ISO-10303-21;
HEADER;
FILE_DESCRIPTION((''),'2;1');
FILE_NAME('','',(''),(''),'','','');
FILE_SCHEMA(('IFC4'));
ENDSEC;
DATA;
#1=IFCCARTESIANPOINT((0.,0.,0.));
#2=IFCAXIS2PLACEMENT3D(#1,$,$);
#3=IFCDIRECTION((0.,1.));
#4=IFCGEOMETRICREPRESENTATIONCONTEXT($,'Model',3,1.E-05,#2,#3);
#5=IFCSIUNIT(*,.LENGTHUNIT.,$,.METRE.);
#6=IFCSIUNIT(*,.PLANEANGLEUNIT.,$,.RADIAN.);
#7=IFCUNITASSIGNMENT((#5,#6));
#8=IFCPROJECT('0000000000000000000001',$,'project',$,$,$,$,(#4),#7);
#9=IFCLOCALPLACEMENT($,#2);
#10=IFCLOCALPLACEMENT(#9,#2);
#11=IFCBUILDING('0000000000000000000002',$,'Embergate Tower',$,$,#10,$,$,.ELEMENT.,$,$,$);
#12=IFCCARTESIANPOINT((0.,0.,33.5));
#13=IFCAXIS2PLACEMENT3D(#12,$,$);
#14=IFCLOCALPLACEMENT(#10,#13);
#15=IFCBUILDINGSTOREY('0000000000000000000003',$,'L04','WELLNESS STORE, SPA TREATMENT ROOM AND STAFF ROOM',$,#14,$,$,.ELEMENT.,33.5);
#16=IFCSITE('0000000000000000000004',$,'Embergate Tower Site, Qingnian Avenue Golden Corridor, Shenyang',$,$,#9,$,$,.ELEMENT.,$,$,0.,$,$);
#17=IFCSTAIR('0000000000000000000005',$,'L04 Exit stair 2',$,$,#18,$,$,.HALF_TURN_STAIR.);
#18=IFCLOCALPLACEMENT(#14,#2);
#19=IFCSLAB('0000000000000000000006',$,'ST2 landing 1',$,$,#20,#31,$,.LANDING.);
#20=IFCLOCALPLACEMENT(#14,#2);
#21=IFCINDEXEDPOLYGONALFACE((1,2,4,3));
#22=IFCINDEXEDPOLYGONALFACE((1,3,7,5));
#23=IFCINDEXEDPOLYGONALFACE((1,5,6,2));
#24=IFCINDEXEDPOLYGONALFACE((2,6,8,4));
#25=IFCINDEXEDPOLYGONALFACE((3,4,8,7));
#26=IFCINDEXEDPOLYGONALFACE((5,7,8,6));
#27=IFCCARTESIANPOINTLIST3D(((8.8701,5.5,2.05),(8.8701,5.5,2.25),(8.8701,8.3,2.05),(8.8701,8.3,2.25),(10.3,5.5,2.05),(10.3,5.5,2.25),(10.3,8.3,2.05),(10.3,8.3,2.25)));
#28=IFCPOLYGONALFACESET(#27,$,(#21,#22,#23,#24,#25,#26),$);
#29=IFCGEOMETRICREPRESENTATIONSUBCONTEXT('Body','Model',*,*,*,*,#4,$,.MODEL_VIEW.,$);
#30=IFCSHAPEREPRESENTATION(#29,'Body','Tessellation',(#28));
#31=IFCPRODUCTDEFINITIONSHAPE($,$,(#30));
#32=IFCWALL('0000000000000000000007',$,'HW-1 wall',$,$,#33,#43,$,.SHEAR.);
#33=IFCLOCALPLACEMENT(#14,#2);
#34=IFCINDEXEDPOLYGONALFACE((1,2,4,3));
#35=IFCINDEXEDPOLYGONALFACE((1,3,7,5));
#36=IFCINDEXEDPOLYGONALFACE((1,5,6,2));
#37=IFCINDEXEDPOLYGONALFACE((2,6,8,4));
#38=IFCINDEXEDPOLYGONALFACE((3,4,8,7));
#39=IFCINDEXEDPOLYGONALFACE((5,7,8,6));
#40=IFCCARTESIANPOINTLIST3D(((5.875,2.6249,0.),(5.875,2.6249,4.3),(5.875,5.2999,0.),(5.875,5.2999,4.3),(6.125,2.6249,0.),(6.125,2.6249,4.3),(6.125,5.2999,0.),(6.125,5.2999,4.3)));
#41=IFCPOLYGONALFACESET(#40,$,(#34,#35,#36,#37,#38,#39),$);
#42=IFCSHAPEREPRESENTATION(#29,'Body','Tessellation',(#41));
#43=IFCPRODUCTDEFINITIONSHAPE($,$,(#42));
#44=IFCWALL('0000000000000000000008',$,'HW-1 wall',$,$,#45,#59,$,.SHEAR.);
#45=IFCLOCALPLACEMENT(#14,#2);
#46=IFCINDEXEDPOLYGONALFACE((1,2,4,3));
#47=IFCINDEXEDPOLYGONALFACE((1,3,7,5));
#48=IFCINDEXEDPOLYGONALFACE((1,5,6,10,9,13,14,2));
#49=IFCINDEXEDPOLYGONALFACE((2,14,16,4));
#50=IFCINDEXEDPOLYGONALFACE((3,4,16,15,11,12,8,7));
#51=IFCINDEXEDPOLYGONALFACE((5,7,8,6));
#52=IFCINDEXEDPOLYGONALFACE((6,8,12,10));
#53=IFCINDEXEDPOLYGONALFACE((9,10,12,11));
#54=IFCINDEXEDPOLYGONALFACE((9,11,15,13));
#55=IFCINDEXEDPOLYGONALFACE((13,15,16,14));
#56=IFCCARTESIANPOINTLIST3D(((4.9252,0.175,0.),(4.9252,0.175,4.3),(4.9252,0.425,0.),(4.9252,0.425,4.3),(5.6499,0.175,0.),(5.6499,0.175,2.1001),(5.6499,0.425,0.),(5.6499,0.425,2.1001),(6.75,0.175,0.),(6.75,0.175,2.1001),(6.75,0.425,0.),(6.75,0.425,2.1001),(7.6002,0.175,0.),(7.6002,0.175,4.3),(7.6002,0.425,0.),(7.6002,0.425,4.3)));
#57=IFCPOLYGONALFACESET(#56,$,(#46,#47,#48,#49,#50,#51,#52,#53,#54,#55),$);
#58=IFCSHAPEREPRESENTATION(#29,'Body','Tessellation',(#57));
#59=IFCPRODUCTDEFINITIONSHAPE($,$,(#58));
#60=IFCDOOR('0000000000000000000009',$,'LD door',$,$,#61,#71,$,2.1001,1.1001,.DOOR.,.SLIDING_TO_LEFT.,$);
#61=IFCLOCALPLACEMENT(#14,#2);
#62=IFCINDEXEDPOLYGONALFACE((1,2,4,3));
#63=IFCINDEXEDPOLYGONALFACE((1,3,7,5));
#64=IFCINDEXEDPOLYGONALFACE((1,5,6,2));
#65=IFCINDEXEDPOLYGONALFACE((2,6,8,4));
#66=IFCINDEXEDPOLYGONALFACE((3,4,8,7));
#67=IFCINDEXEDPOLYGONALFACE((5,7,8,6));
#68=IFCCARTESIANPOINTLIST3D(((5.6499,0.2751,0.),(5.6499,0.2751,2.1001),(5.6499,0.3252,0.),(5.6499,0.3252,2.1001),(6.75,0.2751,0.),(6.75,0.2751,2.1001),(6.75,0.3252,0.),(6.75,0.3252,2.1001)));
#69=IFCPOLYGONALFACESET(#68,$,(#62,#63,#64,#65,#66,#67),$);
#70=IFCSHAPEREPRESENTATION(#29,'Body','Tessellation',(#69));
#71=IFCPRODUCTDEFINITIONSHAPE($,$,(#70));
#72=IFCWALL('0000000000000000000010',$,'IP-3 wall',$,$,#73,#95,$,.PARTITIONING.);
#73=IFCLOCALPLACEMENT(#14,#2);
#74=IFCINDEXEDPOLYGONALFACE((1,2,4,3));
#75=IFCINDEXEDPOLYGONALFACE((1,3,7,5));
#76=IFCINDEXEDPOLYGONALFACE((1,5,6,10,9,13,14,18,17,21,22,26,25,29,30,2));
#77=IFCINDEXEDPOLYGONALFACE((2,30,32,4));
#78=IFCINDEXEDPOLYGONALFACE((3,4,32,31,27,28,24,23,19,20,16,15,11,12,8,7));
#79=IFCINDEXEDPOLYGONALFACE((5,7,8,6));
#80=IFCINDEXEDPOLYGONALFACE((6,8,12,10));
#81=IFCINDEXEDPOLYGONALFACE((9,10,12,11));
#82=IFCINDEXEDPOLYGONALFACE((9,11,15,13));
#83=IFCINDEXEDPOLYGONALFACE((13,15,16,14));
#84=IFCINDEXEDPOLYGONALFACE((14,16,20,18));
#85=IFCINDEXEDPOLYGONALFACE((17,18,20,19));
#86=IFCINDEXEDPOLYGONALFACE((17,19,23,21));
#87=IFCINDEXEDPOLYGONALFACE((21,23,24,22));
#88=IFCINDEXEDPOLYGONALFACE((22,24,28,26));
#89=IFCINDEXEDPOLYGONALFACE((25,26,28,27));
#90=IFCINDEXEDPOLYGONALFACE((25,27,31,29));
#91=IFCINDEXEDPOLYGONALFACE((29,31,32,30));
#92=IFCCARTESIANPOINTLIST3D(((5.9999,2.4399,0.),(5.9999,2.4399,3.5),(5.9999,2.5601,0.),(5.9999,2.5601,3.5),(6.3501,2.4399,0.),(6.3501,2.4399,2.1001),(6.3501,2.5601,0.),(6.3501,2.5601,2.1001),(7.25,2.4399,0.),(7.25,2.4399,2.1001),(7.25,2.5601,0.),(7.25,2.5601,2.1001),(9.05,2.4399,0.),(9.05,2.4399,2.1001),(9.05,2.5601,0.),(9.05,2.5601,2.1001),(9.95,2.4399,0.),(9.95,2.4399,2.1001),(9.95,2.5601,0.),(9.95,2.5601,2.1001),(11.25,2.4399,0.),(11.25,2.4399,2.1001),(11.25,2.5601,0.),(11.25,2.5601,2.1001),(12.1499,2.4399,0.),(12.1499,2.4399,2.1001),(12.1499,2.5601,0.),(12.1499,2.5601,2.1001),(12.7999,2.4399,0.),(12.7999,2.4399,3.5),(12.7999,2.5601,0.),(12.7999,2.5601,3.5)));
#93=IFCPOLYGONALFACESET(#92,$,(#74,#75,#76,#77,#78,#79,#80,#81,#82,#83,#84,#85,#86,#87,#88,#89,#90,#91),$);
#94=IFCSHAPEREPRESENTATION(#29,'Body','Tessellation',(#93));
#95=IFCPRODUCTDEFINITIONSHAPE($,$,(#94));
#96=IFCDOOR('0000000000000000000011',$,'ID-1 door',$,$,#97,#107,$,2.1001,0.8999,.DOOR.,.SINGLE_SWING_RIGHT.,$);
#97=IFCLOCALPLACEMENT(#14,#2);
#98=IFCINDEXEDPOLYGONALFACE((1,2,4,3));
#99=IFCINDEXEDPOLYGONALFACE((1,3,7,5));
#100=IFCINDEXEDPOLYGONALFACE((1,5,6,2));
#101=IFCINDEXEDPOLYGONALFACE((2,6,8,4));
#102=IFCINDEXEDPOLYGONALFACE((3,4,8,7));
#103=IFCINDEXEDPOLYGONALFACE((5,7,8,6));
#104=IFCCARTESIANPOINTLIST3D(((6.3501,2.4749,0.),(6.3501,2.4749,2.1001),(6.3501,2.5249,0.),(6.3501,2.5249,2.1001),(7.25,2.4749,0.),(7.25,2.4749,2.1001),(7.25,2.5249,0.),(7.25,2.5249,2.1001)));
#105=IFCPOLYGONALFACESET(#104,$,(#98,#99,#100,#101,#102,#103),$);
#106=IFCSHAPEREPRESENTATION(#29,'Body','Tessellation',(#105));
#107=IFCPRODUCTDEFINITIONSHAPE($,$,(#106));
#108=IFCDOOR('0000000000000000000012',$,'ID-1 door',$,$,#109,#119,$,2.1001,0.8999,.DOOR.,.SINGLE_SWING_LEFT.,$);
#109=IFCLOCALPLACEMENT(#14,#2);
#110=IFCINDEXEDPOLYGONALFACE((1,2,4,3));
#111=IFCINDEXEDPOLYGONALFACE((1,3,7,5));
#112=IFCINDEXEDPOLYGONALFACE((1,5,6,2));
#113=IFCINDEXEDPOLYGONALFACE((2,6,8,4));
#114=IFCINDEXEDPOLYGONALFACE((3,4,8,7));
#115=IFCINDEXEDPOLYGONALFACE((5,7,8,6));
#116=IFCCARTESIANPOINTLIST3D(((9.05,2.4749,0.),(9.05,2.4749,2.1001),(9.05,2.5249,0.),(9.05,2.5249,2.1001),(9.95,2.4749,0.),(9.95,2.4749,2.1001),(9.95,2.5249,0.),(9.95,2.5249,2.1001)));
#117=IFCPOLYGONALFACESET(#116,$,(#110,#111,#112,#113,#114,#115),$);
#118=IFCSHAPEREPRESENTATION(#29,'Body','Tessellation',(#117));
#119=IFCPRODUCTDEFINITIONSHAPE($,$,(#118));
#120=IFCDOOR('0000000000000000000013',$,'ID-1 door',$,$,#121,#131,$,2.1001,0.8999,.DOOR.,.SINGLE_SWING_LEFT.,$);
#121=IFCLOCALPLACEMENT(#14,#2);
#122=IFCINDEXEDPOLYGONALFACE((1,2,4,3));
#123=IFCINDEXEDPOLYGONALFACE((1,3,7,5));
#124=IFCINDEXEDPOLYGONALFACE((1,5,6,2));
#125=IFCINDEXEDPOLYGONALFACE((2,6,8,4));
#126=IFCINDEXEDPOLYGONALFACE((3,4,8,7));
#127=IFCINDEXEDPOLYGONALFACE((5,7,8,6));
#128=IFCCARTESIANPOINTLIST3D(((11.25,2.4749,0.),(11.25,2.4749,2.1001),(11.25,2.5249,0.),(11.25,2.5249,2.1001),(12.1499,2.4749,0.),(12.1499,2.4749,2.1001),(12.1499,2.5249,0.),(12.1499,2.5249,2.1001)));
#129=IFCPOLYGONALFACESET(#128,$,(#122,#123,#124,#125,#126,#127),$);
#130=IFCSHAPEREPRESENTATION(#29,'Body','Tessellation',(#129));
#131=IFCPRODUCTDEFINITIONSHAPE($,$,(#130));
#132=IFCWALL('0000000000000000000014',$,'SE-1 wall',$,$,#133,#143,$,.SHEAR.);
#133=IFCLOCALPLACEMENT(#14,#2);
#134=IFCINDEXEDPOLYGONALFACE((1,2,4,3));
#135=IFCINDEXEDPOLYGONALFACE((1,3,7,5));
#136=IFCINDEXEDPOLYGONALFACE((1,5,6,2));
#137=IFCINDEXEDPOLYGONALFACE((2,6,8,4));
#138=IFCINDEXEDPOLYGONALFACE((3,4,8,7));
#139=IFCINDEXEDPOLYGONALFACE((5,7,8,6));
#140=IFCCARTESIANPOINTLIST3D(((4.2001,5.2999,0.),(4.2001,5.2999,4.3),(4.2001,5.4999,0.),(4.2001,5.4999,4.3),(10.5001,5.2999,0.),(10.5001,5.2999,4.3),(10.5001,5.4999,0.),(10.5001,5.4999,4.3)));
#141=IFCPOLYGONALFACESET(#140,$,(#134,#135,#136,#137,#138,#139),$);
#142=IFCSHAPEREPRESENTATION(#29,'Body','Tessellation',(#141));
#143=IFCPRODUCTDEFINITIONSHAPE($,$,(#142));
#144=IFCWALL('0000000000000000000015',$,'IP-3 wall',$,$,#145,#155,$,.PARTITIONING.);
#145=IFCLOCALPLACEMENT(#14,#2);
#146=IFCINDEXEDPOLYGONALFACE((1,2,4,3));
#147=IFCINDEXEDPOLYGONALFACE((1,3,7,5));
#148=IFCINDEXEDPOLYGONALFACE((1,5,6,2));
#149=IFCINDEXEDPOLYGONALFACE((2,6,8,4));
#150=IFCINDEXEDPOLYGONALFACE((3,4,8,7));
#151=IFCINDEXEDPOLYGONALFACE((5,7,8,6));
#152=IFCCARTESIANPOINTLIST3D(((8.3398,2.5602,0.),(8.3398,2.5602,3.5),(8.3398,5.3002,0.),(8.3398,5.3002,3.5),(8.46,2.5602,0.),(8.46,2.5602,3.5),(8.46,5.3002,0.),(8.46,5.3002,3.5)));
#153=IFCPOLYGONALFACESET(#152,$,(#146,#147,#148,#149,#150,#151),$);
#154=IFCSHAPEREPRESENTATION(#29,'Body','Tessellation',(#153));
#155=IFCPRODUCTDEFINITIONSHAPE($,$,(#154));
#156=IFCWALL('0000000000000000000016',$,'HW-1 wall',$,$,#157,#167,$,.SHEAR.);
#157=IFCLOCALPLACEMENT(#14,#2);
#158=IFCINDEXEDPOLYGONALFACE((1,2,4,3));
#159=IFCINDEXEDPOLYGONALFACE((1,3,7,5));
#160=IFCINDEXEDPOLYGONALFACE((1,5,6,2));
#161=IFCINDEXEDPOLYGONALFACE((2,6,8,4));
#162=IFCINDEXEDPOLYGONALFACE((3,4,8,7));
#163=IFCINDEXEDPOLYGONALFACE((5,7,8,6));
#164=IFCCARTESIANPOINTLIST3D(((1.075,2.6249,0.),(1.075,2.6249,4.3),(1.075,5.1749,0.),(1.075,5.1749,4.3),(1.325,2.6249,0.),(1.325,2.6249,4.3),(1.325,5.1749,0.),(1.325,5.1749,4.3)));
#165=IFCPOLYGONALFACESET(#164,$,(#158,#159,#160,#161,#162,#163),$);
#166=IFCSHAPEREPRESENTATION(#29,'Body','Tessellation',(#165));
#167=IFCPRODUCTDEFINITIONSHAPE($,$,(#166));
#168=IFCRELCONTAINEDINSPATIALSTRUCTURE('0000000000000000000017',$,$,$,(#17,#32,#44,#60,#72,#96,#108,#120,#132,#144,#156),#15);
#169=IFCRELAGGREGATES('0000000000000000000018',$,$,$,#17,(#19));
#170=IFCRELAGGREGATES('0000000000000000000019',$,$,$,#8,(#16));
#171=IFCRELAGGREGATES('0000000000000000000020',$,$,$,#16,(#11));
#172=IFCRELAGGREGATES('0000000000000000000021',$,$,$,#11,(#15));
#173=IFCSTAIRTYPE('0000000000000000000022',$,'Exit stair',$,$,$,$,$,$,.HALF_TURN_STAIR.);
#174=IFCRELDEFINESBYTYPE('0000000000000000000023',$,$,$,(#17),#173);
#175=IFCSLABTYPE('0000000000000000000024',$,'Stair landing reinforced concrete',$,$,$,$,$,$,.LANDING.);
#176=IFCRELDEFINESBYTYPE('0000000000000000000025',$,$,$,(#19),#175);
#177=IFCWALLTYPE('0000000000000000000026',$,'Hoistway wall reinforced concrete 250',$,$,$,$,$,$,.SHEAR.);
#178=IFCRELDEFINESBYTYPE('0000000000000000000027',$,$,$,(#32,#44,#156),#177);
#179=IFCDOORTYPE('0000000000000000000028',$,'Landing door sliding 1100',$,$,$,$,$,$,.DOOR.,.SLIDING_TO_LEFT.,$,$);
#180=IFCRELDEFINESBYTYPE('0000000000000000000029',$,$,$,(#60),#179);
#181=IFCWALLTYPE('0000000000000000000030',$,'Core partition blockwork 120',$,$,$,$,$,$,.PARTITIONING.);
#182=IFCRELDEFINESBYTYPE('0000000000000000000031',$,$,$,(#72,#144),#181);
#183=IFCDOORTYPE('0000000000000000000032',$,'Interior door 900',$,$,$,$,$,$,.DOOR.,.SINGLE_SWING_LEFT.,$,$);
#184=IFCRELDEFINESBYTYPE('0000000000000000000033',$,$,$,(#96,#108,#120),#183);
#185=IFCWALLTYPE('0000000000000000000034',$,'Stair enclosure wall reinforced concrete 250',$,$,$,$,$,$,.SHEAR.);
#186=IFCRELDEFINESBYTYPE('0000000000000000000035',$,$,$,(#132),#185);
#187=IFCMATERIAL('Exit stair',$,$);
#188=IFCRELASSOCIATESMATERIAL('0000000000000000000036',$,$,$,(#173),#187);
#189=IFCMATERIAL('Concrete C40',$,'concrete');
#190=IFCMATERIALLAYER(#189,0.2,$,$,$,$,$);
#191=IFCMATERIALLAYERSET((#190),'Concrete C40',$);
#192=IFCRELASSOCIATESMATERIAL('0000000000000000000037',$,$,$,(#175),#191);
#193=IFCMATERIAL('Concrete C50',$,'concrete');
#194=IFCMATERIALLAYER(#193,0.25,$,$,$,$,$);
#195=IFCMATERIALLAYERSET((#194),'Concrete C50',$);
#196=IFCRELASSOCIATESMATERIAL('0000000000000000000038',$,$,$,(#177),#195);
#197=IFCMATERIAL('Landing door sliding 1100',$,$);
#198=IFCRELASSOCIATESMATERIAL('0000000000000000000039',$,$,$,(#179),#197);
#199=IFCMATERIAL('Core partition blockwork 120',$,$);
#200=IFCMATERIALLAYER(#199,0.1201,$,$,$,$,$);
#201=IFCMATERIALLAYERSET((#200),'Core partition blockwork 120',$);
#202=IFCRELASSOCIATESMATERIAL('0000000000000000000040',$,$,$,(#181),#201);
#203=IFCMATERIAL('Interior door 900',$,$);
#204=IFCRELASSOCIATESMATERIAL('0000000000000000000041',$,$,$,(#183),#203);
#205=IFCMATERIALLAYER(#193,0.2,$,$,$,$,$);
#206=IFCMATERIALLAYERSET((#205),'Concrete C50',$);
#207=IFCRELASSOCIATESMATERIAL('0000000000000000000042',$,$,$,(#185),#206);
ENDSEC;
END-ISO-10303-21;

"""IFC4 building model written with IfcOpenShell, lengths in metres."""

from ifc_helpers import new_model, si_unit, direction, frame, frame_2d, origin, place, context, subcontext, project, spatial, polyline, rectangle, outline, extrude, source, transform, mapped, material, layer, layer_set, type_object, element, fill, aggregate, save


model = new_model("IFC4")

# Units and contexts
model_context = context("Model", 3, precision=1e-05, world=origin(), true_north=direction((0.0, 1.0)))
body_context = subcontext(model_context, "Body", "Model", "MODEL_VIEW")
ifc_project = project(units=[si_unit("LENGTHUNIT", "METRE"), si_unit("PLANEANGLEUNIT", "RADIAN")], contexts=[model_context])

# Site, building, storey
site_placement = place(None, origin())
site = spatial("IfcSite", under=ifc_project, at=site_placement, Name="Embergate Tower Site, Qingnian Avenue Golden Corridor, Shenyang", CompositionType="ELEMENT", RefElevation=0.0)
building_placement = place(site_placement, origin())
building = spatial("IfcBuilding", under=site, at=building_placement, Name="Embergate Tower", CompositionType="ELEMENT")
storey_placement = place(building_placement, frame((0.0, 0.0, 33.5)))
storey = spatial("IfcBuildingStorey", under=building, at=storey_placement, Name="L04", Description="WELLNESS STORE, SPA TREATMENT ROOM AND STAFF ROOM", CompositionType="ELEMENT", Elevation=33.5)

# Stair, slab
ifc_material_1 = material(Name="Exit stair")
stair_type = type_object("IfcStairType", Name="Exit stair", PredefinedType="HALF_TURN_STAIR", material=ifc_material_1)
stair_placement = place(storey_placement, origin())
stair = element("IfcStair", 1, at=stair_placement, inside=storey, type_object=stair_type, Name="L04 Exit stair 2", PredefinedType="HALF_TURN_STAIR")
ifc_material_2 = material(Name="Concrete C40", Category="concrete")
ifc_layer_1 = layer(ifc_material_2, 0.2)
ifc_layer_set_1 = layer_set([ifc_layer_1], Name="Concrete C40")
slab_type = type_object("IfcSlabType", Name="Stair landing reinforced concrete", PredefinedType="LANDING", material=ifc_layer_set_1)
shared_shape_1 = source(origin(), body_context, "Body", "SweptSolid", [
    extrude(outline(polyline([(0.0, 0.0), (1.4299, 0.0), (1.4299, 2.8), (0.0, 2.8), (0.0, 0.0)])), origin(), (0.0, 0.0, 1.0), 0.2),
])
slab_placement = place(storey_placement, frame((8.8701, 5.5, 2.05)))
slab = element("IfcSlab", 2, at=slab_placement, type_object=slab_type, Name="ST2 landing 1", PredefinedType="LANDING", context=body_context, shape_type="MappedRepresentation", body=[
    mapped(shared_shape_1, transform((0.0, 0.0, 0.0))),
])
aggregate(stair, [slab])

# Wall
ifc_material_3 = material(Name="Concrete C50", Category="concrete")
ifc_layer_2 = layer(ifc_material_3, 0.25)
ifc_layer_set_2 = layer_set([ifc_layer_2], Name="Concrete C50")
wall_type_1 = type_object("IfcWallType", Name="Hoistway wall reinforced concrete 250", PredefinedType="SHEAR", material=ifc_layer_set_2)
shared_shape_2 = source(origin(), body_context, "Body", "SweptSolid", [
    extrude(rectangle(XDim=2.675, YDim=0.25, at=frame_2d((1.3374, 0.0))), origin(), (0.0, 0.0, 1.0), 4.3),
])
wall_1_placement = place(storey_placement, frame((6.0, 2.625, 0.0), z_axis=(0.0, 0.0, 1.0), x_axis=(0.0, 1.0, 0.0)))
element("IfcWall", 3, at=wall_1_placement, inside=storey, type_object=wall_type_1, Name="HW-1 wall", PredefinedType="SHEAR", context=body_context, shape_type="MappedRepresentation", body=[
    mapped(shared_shape_2, transform((0.0, 0.0, 0.0))),
])

# Wall, opening, door
wall_2_placement = place(storey_placement, frame((7.6001, 0.3, 0.0), z_axis=(0.0, 0.0, 1.0), x_axis=(-1.0, 0.0, 0.0)))
wall_2 = element("IfcWall", 4, at=wall_2_placement, inside=storey, type_object=wall_type_1, Name="HW-1 wall", PredefinedType="SHEAR", context=body_context, shape_type="MappedRepresentation", body=[
    mapped(shared_shape_2, transform((0.0, 0.0, 0.0))),
])
shared_shape_3 = source(origin(), body_context, "Body", "SweptSolid", [
    extrude(rectangle(XDim=1.1001, YDim=2.1001, at=frame_2d((0.55, 1.05))), frame((0.0, 0.135, 0.0), z_axis=(0.0, -1.0, 0.0), x_axis=(1.0, 0.0, 0.0)), (0.0, 0.0, 1.0), 0.27),
])
opening_1_placement = place(wall_2_placement, frame((0.8501, 0.0, 0.0)))
opening_1 = element("IfcOpeningElement", 5, at=opening_1_placement, cuts=wall_2, PredefinedType="OPENING", context=body_context, shape_type="MappedRepresentation", body=[
    mapped(shared_shape_3, transform((0.0, 0.0, 0.0))),
])
ifc_material_4 = material(Name="Landing door sliding 1100")
door_type_1 = type_object("IfcDoorType", Name="Landing door sliding 1100", OperationType="SLIDING_TO_LEFT", PredefinedType="DOOR", material=ifc_material_4)
shared_shape_4 = source(origin(), body_context, "Body", "SweptSolid", [
    extrude(rectangle(XDim=1.1001, YDim=2.1001, at=frame_2d((0.55, 1.05))), frame((0.0, 0.0249, 0.0), z_axis=(0.0, -1.0, 0.0), x_axis=(1.0, 0.0, 0.0)), (0.0, 0.0, 1.0), 0.05),
])
door_1_placement = place(opening_1_placement, origin())
door_1 = element("IfcDoor", 6, at=door_1_placement, inside=storey, type_object=door_type_1, Name="LD door", OperationType="SLIDING_TO_LEFT", OverallHeight=2.1001, OverallWidth=1.1001, PredefinedType="DOOR", context=body_context, shape_type="MappedRepresentation", body=[
    mapped(shared_shape_4, transform((0.0, 0.0, 0.0))),
])
fill(opening_1, door_1)

# Wall, openings, doors
ifc_material_5 = material(Name="Core partition blockwork 120")
ifc_layer_3 = layer(ifc_material_5, 0.1201)
ifc_layer_set_3 = layer_set([ifc_layer_3], Name="Core partition blockwork 120")
wall_type_2 = type_object("IfcWallType", Name="Core partition blockwork 120", PredefinedType="PARTITIONING", material=ifc_layer_set_3)
shared_shape_5 = source(origin(), body_context, "Body", "SweptSolid", [
    extrude(rectangle(XDim=6.8, YDim=0.1201, at=frame_2d((3.3999, 0.0))), origin(), (0.0, 0.0, 1.0), 3.5),
])
wall_3_placement = place(storey_placement, frame((6.0, 2.5, 0.0), z_axis=(0.0, 0.0, 1.0), x_axis=(1.0, 0.0, 0.0)))
wall_3 = element("IfcWall", 7, at=wall_3_placement, inside=storey, type_object=wall_type_2, Name="IP-3 wall", PredefinedType="PARTITIONING", context=body_context, shape_type="MappedRepresentation", body=[
    mapped(shared_shape_5, transform((0.0, 0.0, 0.0))),
])
shared_shape_6 = source(origin(), body_context, "Body", "SweptSolid", [
    extrude(rectangle(XDim=0.8999, YDim=2.1001, at=frame_2d((0.45, 1.05))), frame((0.0, 0.0701, 0.0), z_axis=(0.0, -1.0, 0.0), x_axis=(1.0, 0.0, 0.0)), (0.0, 0.0, 1.0), 0.1401),
])
opening_2_placement = place(wall_3_placement, frame((0.3501, 0.0, 0.0)))
opening_2 = element("IfcOpeningElement", 8, at=opening_2_placement, cuts=wall_3, PredefinedType="OPENING", context=body_context, shape_type="MappedRepresentation", body=[
    mapped(shared_shape_6, transform((0.0, 0.0, 0.0))),
])
opening_3_placement = place(wall_3_placement, frame((3.05, 0.0, 0.0)))
opening_3 = element("IfcOpeningElement", 9, at=opening_3_placement, cuts=wall_3, PredefinedType="OPENING", context=body_context, shape_type="MappedRepresentation", body=[
    mapped(shared_shape_6, transform((0.0, 0.0, 0.0))),
])
opening_4_placement = place(wall_3_placement, frame((5.25, 0.0, 0.0)))
opening_4 = element("IfcOpeningElement", 10, at=opening_4_placement, cuts=wall_3, PredefinedType="OPENING", context=body_context, shape_type="MappedRepresentation", body=[
    mapped(shared_shape_6, transform((0.0, 0.0, 0.0))),
])
ifc_material_6 = material(Name="Interior door 900")
door_type_2 = type_object("IfcDoorType", Name="Interior door 900", OperationType="SINGLE_SWING_LEFT", PredefinedType="DOOR", material=ifc_material_6)
shared_shape_7 = source(origin(), body_context, "Body", "SweptSolid", [
    extrude(rectangle(XDim=0.8999, YDim=2.1001, at=frame_2d((0.45, 1.05))), frame((0.0, 0.0249, 0.0), z_axis=(0.0, -1.0, 0.0), x_axis=(1.0, 0.0, 0.0)), (0.0, 0.0, 1.0), 0.05),
])
door_2_placement = place(opening_2_placement, origin())
door_2 = element("IfcDoor", 11, at=door_2_placement, inside=storey, type_object=door_type_2, Name="ID-1 door", OperationType="SINGLE_SWING_RIGHT", OverallHeight=2.1001, OverallWidth=0.8999, PredefinedType="DOOR", context=body_context, shape_type="MappedRepresentation", body=[
    mapped(shared_shape_7, transform((0.0, 0.0, 0.0))),
])
fill(opening_2, door_2)
door_3_placement = place(opening_3_placement, origin())
door_3 = element("IfcDoor", 12, at=door_3_placement, inside=storey, type_object=door_type_2, Name="ID-1 door", OperationType="SINGLE_SWING_LEFT", OverallHeight=2.1001, OverallWidth=0.8999, PredefinedType="DOOR", context=body_context, shape_type="MappedRepresentation", body=[
    mapped(shared_shape_7, transform((0.0, 0.0, 0.0))),
])
fill(opening_3, door_3)
door_4_placement = place(opening_4_placement, origin())
door_4 = element("IfcDoor", 13, at=door_4_placement, inside=storey, type_object=door_type_2, Name="ID-1 door", OperationType="SINGLE_SWING_LEFT", OverallHeight=2.1001, OverallWidth=0.8999, PredefinedType="DOOR", context=body_context, shape_type="MappedRepresentation", body=[
    mapped(shared_shape_7, transform((0.0, 0.0, 0.0))),
])
fill(opening_4, door_4)

# Walls
ifc_layer_4 = layer(ifc_material_3, 0.2)
ifc_layer_set_4 = layer_set([ifc_layer_4], Name="Concrete C50")
wall_type_3 = type_object("IfcWallType", Name="Stair enclosure wall reinforced concrete 250", PredefinedType="SHEAR", material=ifc_layer_set_4)
shared_shape_8 = source(origin(), body_context, "Body", "SweptSolid", [
    extrude(rectangle(XDim=6.3, YDim=0.2, at=frame_2d((3.1499, 0.0))), origin(), (0.0, 0.0, 1.0), 4.3),
])
wall_4_placement = place(storey_placement, frame((10.5, 5.3999, 0.0), z_axis=(0.0, 0.0, 1.0), x_axis=(-1.0, 0.0, 0.0)))
element("IfcWall", 14, at=wall_4_placement, inside=storey, type_object=wall_type_3, Name="SE-1 wall", PredefinedType="SHEAR", context=body_context, shape_type="MappedRepresentation", body=[
    mapped(shared_shape_8, transform((0.0, 0.0, 0.0))),
])
shared_shape_9 = source(origin(), body_context, "Body", "SweptSolid", [
    extrude(rectangle(XDim=2.74, YDim=0.1201, at=frame_2d((1.3701, 0.0))), origin(), (0.0, 0.0, 1.0), 3.5),
])
wall_5_placement = place(storey_placement, frame((8.3999, 2.5601, 0.0), z_axis=(0.0, 0.0, 1.0), x_axis=(0.0, 1.0, 0.0)))
element("IfcWall", 15, at=wall_5_placement, inside=storey, type_object=wall_type_2, Name="IP-3 wall", PredefinedType="PARTITIONING", context=body_context, shape_type="MappedRepresentation", body=[
    mapped(shared_shape_9, transform((0.0, 0.0, 0.0))),
])
shared_shape_10 = source(origin(), body_context, "Body", "SweptSolid", [
    extrude(rectangle(XDim=2.55, YDim=0.25, at=frame_2d((1.2749, 0.0))), origin(), (0.0, 0.0, 1.0), 4.3),
])
for number, where, z_axis, x_axis, name in (
    (16, (1.2, 2.625, 0.0), (0.0, 0.0, 1.0), (0.0, 1.0, 0.0), "HW-1 wall"),
):
    element("IfcWall", number, at=place(storey_placement, frame(where, z_axis=z_axis, x_axis=x_axis)), inside=storey, type_object=wall_type_1, Name=name, PredefinedType="SHEAR", context=body_context, shape_type="MappedRepresentation", body=[
        mapped(shared_shape_10, transform((0.0, 0.0, 0.0))),
    ])

save(model, "model.ifc")
